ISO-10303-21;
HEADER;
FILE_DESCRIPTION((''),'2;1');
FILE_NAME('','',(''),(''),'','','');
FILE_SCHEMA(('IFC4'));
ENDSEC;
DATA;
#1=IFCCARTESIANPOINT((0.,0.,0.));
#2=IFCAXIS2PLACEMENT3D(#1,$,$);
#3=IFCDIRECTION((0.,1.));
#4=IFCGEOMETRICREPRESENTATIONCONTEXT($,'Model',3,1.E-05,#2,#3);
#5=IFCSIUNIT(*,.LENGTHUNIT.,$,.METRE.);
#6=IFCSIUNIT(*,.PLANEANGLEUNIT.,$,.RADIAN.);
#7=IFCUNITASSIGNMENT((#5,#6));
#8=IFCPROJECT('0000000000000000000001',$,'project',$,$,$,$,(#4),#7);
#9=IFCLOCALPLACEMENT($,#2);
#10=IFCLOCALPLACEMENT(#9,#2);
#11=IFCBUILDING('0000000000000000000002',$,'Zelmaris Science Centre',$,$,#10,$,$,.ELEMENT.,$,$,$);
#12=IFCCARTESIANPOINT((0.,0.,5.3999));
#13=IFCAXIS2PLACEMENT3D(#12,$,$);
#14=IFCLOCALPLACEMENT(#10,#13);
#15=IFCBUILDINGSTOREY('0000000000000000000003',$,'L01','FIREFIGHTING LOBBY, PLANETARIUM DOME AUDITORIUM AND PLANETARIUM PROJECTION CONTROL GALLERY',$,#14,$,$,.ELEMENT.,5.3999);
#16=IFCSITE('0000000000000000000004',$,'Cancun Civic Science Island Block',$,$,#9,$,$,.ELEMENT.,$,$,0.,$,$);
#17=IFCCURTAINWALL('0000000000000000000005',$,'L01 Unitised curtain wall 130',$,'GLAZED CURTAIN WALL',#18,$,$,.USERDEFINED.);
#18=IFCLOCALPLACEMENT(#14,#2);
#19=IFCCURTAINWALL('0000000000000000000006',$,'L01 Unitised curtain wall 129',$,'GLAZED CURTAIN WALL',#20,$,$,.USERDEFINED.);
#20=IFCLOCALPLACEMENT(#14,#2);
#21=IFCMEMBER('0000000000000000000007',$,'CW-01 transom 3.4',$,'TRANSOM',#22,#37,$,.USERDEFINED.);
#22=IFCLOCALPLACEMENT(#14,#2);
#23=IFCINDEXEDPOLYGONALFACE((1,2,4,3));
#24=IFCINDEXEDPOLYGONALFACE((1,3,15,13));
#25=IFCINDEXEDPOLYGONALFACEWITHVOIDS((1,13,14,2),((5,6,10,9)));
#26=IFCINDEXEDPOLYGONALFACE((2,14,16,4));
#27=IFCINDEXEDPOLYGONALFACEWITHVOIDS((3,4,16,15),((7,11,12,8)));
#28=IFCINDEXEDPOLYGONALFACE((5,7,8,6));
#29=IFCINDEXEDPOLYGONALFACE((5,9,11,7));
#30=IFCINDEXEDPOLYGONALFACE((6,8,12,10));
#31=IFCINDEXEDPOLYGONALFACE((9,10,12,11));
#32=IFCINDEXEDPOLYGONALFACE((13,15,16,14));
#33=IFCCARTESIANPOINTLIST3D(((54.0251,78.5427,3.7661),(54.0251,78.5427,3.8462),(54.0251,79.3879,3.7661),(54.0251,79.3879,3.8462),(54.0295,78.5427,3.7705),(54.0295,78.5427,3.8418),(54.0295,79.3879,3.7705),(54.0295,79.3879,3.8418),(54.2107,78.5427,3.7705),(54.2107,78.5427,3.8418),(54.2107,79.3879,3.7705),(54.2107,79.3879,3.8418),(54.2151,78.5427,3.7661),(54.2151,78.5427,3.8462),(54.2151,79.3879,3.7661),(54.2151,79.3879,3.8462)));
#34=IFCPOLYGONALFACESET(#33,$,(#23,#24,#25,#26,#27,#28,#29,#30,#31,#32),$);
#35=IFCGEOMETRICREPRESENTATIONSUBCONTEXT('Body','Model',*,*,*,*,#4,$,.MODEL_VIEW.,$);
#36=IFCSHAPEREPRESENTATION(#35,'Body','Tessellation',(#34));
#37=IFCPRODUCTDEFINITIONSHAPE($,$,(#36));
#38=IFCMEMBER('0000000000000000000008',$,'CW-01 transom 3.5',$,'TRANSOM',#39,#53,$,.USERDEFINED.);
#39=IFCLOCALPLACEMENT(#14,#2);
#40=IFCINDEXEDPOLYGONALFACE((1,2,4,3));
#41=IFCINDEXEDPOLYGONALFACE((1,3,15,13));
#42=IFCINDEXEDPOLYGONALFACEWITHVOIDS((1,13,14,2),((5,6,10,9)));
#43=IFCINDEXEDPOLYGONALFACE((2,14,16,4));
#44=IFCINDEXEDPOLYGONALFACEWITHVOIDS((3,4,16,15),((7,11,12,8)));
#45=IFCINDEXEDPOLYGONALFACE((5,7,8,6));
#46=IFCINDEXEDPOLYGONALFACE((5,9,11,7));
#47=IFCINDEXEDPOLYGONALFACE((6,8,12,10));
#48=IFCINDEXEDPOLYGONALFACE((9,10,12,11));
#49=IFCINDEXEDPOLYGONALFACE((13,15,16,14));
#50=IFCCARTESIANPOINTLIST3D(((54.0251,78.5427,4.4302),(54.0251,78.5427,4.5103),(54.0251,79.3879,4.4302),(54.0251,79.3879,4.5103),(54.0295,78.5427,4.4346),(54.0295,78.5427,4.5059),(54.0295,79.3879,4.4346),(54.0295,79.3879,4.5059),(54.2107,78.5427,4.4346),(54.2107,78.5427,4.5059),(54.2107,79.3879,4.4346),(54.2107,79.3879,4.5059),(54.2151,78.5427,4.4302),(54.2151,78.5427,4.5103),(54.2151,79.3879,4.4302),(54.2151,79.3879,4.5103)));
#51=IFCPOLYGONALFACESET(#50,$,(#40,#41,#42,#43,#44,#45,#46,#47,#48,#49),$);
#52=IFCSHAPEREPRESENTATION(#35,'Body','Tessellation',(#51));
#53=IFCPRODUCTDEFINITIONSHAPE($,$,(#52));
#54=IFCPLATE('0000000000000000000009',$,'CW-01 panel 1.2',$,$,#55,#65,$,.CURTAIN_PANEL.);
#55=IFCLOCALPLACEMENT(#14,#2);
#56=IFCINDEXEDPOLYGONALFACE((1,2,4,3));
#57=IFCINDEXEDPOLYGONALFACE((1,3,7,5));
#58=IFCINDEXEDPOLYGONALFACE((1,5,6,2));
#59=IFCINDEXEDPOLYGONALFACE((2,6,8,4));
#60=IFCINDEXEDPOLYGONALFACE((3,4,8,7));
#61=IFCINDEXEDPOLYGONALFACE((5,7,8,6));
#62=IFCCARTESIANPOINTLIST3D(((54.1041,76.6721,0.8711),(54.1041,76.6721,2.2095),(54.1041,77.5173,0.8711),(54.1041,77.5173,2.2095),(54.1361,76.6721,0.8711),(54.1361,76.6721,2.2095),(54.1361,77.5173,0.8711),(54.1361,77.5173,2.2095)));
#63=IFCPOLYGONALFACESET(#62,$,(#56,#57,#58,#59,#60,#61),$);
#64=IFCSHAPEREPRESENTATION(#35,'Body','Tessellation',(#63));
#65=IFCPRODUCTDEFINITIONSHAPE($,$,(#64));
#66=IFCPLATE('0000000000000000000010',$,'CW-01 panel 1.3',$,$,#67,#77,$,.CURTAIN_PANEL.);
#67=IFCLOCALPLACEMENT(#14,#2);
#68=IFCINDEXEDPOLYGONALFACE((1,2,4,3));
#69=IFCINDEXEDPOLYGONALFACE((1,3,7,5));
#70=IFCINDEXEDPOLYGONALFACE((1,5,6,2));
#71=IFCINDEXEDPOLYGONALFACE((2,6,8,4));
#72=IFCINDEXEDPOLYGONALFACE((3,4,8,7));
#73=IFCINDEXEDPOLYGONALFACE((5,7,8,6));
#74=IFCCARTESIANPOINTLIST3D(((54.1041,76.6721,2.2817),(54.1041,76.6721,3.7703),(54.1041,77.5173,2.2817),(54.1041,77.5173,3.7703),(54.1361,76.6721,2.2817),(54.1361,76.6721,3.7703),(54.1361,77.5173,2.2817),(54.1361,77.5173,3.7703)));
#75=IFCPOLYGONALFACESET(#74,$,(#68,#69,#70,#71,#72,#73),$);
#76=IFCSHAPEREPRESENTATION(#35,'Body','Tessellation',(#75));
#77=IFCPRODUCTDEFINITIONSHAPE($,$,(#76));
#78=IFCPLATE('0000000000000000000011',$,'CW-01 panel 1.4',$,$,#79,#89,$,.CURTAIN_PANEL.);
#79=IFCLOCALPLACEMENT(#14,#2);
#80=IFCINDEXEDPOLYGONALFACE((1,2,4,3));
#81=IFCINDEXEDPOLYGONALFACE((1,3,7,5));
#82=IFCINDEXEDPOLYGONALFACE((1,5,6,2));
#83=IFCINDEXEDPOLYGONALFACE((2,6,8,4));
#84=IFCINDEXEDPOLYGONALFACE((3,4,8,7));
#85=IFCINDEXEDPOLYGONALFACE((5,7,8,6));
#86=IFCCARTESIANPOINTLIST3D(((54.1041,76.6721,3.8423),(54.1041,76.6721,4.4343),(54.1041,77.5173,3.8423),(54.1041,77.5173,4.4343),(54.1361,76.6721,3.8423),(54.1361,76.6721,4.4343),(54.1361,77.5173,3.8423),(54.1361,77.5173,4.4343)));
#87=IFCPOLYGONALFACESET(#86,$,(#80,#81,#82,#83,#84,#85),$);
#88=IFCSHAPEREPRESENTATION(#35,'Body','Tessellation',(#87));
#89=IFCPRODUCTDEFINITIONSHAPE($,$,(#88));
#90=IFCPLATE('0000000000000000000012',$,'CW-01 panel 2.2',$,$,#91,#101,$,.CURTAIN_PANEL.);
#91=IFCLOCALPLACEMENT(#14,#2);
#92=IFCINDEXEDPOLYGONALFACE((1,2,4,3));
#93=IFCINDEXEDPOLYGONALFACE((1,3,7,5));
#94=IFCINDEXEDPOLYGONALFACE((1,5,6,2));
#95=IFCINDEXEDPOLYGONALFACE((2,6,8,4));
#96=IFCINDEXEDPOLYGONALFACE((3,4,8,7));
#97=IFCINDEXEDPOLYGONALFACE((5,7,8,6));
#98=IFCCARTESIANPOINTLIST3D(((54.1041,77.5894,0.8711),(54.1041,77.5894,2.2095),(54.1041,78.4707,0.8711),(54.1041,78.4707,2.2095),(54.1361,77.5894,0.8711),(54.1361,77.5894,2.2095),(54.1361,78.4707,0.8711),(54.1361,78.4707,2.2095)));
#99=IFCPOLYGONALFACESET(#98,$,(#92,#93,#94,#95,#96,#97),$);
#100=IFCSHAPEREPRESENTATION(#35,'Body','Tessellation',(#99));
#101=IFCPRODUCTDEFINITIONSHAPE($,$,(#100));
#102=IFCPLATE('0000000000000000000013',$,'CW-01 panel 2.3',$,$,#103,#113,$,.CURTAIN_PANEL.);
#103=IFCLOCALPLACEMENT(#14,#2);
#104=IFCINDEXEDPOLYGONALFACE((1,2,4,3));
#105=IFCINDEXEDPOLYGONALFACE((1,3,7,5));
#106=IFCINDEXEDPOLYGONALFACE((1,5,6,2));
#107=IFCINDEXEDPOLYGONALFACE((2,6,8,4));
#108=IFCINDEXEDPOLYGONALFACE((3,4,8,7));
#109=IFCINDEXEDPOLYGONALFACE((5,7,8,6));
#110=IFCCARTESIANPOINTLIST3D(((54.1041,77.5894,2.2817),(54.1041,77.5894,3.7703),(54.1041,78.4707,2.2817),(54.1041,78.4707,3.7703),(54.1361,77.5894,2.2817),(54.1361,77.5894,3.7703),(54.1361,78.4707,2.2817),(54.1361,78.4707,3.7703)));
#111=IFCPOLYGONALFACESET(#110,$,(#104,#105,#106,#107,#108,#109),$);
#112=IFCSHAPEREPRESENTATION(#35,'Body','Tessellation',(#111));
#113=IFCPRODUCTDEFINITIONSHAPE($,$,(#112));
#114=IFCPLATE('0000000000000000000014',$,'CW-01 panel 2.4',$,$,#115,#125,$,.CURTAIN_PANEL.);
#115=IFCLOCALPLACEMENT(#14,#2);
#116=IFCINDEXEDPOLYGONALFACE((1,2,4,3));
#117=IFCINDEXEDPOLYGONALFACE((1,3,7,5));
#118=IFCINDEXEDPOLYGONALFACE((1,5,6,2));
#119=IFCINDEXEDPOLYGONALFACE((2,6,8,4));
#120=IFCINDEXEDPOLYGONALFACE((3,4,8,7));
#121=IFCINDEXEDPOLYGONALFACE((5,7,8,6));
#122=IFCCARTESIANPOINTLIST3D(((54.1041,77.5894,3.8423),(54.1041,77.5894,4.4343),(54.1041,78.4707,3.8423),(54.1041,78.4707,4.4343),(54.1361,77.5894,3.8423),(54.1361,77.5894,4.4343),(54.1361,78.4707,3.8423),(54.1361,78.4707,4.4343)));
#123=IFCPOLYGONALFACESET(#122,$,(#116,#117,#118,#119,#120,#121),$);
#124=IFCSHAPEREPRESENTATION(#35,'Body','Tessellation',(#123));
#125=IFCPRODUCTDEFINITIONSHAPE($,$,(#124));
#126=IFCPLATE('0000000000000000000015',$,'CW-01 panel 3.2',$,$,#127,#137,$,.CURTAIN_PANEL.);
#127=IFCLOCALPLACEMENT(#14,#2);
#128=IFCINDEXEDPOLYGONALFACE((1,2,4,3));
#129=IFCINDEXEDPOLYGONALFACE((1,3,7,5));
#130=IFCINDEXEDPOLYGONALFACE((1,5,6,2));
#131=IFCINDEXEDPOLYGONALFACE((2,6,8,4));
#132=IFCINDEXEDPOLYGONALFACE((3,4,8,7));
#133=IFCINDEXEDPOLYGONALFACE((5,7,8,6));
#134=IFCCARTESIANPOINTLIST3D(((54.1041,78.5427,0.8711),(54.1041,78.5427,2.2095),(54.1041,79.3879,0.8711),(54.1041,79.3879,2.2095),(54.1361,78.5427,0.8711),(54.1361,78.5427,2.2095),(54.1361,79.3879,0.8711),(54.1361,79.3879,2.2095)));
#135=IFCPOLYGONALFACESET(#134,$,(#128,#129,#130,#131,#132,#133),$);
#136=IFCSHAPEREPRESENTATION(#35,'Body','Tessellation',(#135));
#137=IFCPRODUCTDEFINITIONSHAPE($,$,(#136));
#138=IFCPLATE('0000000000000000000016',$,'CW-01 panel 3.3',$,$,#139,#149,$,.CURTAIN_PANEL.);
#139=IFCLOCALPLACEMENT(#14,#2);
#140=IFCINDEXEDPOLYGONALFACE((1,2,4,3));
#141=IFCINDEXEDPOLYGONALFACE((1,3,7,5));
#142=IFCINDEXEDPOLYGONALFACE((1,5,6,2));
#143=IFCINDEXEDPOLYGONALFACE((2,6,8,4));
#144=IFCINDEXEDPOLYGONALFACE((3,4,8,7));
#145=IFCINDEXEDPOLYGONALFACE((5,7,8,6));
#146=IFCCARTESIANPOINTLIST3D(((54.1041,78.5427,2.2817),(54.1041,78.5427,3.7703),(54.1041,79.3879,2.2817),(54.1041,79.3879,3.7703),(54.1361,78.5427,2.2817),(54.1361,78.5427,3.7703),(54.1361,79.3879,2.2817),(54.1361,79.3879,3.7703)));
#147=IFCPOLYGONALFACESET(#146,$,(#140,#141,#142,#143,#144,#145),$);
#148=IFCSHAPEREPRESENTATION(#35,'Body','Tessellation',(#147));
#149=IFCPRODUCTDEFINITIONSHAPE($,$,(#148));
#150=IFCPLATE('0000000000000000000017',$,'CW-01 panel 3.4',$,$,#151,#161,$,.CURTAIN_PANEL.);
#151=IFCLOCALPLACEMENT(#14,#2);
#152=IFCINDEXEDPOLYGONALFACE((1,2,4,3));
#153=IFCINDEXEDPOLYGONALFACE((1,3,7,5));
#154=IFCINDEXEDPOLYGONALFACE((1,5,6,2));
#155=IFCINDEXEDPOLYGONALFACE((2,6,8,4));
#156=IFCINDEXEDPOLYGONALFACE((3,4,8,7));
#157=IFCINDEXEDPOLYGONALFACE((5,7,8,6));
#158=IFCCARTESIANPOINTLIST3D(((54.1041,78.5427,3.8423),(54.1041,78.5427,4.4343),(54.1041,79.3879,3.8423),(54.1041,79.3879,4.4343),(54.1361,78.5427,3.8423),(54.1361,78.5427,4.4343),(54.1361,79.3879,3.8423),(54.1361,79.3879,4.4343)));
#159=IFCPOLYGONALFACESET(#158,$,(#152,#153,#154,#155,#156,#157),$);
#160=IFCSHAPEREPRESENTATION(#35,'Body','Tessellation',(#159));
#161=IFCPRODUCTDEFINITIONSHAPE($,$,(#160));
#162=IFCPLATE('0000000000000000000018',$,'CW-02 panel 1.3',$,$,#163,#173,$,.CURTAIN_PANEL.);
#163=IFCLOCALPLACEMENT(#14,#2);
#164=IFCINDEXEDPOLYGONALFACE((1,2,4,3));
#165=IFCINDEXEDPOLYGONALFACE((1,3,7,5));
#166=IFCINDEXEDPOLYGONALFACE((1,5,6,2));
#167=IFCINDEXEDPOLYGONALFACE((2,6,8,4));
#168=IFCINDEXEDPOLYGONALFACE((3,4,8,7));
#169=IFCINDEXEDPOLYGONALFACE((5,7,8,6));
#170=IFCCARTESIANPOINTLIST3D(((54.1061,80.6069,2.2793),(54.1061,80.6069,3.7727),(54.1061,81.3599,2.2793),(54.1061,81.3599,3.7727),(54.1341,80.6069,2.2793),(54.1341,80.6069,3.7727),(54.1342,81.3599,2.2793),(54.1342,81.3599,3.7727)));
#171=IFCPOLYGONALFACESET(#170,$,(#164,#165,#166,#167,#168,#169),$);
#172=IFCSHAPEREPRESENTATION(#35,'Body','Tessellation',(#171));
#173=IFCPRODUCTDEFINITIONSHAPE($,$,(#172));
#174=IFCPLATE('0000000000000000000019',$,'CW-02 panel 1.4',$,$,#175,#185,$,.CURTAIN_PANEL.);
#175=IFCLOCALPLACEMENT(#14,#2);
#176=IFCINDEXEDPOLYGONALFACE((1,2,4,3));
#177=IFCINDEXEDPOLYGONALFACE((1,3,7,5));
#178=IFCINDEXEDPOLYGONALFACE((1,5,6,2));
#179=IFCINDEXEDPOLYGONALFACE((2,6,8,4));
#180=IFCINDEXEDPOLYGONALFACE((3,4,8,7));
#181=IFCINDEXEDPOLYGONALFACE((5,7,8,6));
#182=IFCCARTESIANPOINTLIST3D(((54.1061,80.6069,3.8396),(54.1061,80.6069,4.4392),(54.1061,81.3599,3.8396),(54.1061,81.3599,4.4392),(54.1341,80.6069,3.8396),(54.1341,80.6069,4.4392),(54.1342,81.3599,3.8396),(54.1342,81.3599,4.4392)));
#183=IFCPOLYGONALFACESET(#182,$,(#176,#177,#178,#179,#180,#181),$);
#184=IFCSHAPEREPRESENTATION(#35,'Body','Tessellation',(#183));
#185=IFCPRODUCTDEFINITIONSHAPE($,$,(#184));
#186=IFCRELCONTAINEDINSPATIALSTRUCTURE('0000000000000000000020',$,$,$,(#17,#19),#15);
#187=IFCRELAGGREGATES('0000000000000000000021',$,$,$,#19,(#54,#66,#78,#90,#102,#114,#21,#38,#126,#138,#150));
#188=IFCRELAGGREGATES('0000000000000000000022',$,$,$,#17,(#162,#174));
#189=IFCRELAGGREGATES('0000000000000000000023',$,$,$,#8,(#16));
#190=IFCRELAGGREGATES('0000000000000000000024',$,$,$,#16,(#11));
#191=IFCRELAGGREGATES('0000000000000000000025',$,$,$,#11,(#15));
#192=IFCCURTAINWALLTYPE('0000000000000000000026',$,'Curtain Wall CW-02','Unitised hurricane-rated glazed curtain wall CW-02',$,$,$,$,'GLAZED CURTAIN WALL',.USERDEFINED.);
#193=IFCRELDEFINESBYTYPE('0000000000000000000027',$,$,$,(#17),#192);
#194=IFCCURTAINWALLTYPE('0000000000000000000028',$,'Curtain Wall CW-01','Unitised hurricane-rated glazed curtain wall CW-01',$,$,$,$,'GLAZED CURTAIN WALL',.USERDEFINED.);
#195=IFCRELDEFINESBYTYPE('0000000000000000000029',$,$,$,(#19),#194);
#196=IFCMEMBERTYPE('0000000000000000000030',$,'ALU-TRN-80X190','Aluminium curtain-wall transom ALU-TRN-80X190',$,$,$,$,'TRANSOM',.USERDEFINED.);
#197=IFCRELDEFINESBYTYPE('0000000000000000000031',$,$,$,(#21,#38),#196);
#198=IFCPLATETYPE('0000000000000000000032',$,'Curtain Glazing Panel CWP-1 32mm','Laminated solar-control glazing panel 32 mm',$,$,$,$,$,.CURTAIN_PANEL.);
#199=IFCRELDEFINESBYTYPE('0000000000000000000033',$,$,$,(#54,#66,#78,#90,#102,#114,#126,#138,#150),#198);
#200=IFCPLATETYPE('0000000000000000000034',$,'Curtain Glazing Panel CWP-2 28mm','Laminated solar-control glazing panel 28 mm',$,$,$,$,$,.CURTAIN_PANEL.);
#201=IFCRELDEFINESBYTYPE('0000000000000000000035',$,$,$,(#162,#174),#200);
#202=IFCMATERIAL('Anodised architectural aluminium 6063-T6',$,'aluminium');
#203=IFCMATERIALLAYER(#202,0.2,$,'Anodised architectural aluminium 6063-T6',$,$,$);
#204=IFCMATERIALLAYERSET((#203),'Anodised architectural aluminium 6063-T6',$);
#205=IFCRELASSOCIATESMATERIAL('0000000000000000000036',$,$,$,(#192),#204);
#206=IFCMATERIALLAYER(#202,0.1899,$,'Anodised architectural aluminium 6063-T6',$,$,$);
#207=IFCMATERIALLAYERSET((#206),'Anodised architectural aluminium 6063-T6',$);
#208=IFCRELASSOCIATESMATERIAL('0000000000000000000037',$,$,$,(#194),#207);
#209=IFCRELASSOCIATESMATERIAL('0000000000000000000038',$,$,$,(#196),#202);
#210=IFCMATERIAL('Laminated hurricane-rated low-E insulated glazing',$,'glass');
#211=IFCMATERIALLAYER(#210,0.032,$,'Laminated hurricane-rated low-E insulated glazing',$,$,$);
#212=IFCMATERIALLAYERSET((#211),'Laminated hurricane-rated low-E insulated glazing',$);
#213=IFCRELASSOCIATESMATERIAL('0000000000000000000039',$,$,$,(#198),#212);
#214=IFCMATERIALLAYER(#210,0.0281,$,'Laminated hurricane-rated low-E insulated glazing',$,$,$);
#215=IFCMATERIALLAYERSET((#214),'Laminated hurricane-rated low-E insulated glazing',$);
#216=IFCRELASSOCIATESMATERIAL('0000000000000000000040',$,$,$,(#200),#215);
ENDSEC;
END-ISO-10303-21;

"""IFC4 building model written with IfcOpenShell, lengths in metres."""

from ifc_helpers import new_model, si_unit, direction, frame, origin, origin_2d, place, context, subcontext, project, spatial, rectangle, hollow_rectangle, extrude, material, layer, layer_set, material_profile, profile_set, type_object, element, aggregate, save


model = new_model("IFC4")

# Units and contexts
model_context = context("Model", 3, precision=1e-05, world=origin(), true_north=direction((0.0, 1.0)))
body_context = subcontext(model_context, "Body", "Model", "MODEL_VIEW")
ifc_project = project(units=[si_unit("LENGTHUNIT", "METRE"), si_unit("PLANEANGLEUNIT", "RADIAN")], contexts=[model_context])

# Site, building, storey
site_placement = place(None, origin())
site = spatial("IfcSite", under=ifc_project, at=site_placement, Name="Cancun Civic Science Island Block", CompositionType="ELEMENT", RefElevation=0.0)
building_placement = place(site_placement, origin())
building = spatial("IfcBuilding", under=site, at=building_placement, Name="Zelmaris Science Centre", CompositionType="ELEMENT")
storey_placement = place(building_placement, frame((0.0, 0.0, 5.3999)))
storey = spatial("IfcBuildingStorey", under=building, at=storey_placement, Name="L01", Description="FIREFIGHTING LOBBY, PLANETARIUM DOME AUDITORIUM AND PLANETARIUM PROJECTION CONTROL GALLERY", CompositionType="ELEMENT", Elevation=5.3999)

# Curtain wall
ifc_material_1 = material(Name="Anodised architectural aluminium 6063-T6", Category="aluminium")
ifc_layer_1 = layer(ifc_material_1, 0.2, Name="Anodised architectural aluminium 6063-T6")
ifc_layer_set_1 = layer_set([ifc_layer_1], Name="Anodised architectural aluminium 6063-T6")
curtain_wall_type_1 = type_object("IfcCurtainWallType", Name="Curtain Wall CW-02", Description="Unitised hurricane-rated glazed curtain wall CW-02", ElementType="GLAZED CURTAIN WALL", PredefinedType="USERDEFINED", material=ifc_layer_set_1)
curtain_wall_1_placement = place(storey_placement, origin())
curtain_wall_1 = element("IfcCurtainWall", 1, at=curtain_wall_1_placement, inside=storey, type_object=curtain_wall_type_1, Name="L01 Unitised curtain wall 130", ObjectType="GLAZED CURTAIN WALL", PredefinedType="USERDEFINED")

# Curtain wall, members, plates
ifc_layer_2 = layer(ifc_material_1, 0.1899, Name="Anodised architectural aluminium 6063-T6")
ifc_layer_set_2 = layer_set([ifc_layer_2], Name="Anodised architectural aluminium 6063-T6")
curtain_wall_type_2 = type_object("IfcCurtainWallType", Name="Curtain Wall CW-01", Description="Unitised hurricane-rated glazed curtain wall CW-01", ElementType="GLAZED CURTAIN WALL", PredefinedType="USERDEFINED", material=ifc_layer_set_2)
curtain_wall_2_placement = place(storey_placement, origin())
curtain_wall_2 = element("IfcCurtainWall", 2, at=curtain_wall_2_placement, inside=storey, type_object=curtain_wall_type_2, Name="L01 Unitised curtain wall 129", ObjectType="GLAZED CURTAIN WALL", PredefinedType="USERDEFINED")
ifc_material_profile_1 = material_profile(ifc_material_1, hollow_rectangle(XDim=0.0801, YDim=0.1899, WallThickness=0.0044, at=origin_2d()), Name="ALU-TRN-80X190")
ifc_profile_set_1 = profile_set([ifc_material_profile_1], Name="Anodised architectural aluminium 6063-T6")
member_type_1 = type_object("IfcMemberType", Name="ALU-TRN-80X190", Description="Aluminium curtain-wall transom ALU-TRN-80X190", ElementType="TRANSOM", PredefinedType="USERDEFINED", material=ifc_profile_set_1)
member_1_placement = place(storey_placement, frame((54.1201, 78.5427, 3.8062), z_axis=(0.0, 1.0, 0.0), x_axis=(0.0, 0.0, 1.0)))
member_1 = element("IfcMember", 3, at=member_1_placement, type_object=member_type_1, Name="CW-01 transom 3.4", ObjectType="TRANSOM", PredefinedType="USERDEFINED", context=body_context, shape_type="SweptSolid", body=[
    extrude(hollow_rectangle(XDim=0.0801, YDim=0.1899, WallThickness=0.0044, at=origin_2d()), origin(), (0.0, 0.0, 1.0), 0.8452),
])
member_2_placement = place(storey_placement, frame((54.1201, 78.5427, 4.4702), z_axis=(0.0, 1.0, 0.0), x_axis=(0.0, 0.0, 1.0)))
member_2 = element("IfcMember", 4, at=member_2_placement, type_object=member_type_1, Name="CW-01 transom 3.5", ObjectType="TRANSOM", PredefinedType="USERDEFINED", context=body_context, shape_type="SweptSolid", body=[
    extrude(hollow_rectangle(XDim=0.0801, YDim=0.1899, WallThickness=0.0044, at=origin_2d()), origin(), (0.0, 0.0, 1.0), 0.8452),
])
ifc_material_2 = material(Name="Laminated hurricane-rated low-E insulated glazing", Category="glass")
ifc_layer_3 = layer(ifc_material_2, 0.032, Name="Laminated hurricane-rated low-E insulated glazing")
ifc_layer_set_3 = layer_set([ifc_layer_3], Name="Laminated hurricane-rated low-E insulated glazing")
plate_type_1 = type_object("IfcPlateType", Name="Curtain Glazing Panel CWP-1 32mm", Description="Laminated solar-control glazing panel 32 mm", PredefinedType="CURTAIN_PANEL", material=ifc_layer_set_3)
plate_1_placement = place(storey_placement, frame((54.1201, 77.0947, 0.8711), z_axis=(0.0, 0.0, 1.0), x_axis=(0.0, 1.0, 0.0)))
plate_1 = element("IfcPlate", 5, at=plate_1_placement, type_object=plate_type_1, Name="CW-01 panel 1.2", PredefinedType="CURTAIN_PANEL", context=body_context, shape_type="SweptSolid", body=[
    extrude(rectangle(XDim=0.8452, YDim=0.032, at=origin_2d()), origin(), (0.0, 0.0, 1.0), 1.3384),
])
plate_2_placement = place(storey_placement, frame((54.1201, 77.0947, 2.2817), z_axis=(0.0, 0.0, 1.0), x_axis=(0.0, 1.0, 0.0)))
plate_2 = element("IfcPlate", 6, at=plate_2_placement, type_object=plate_type_1, Name="CW-01 panel 1.3", PredefinedType="CURTAIN_PANEL", context=body_context, shape_type="SweptSolid", body=[
    extrude(rectangle(XDim=0.8452, YDim=0.032, at=origin_2d()), origin(), (0.0, 0.0, 1.0), 1.4885),
])
plate_3_placement = place(storey_placement, frame((54.1201, 77.0947, 3.8423), z_axis=(0.0, 0.0, 1.0), x_axis=(0.0, 1.0, 0.0)))
plate_3 = element("IfcPlate", 7, at=plate_3_placement, type_object=plate_type_1, Name="CW-01 panel 1.4", PredefinedType="CURTAIN_PANEL", context=body_context, shape_type="SweptSolid", body=[
    extrude(rectangle(XDim=0.8452, YDim=0.032, at=origin_2d()), origin(), (0.0, 0.0, 1.0), 0.592),
])
plate_4_placement = place(storey_placement, frame((54.1201, 78.03, 0.8711), z_axis=(0.0, 0.0, 1.0), x_axis=(0.0, 1.0, 0.0)))
plate_4 = element("IfcPlate", 8, at=plate_4_placement, type_object=plate_type_1, Name="CW-01 panel 2.2", PredefinedType="CURTAIN_PANEL", context=body_context, shape_type="SweptSolid", body=[
    extrude(rectangle(XDim=0.8813, YDim=0.032, at=origin_2d()), origin(), (0.0, 0.0, 1.0), 1.3384),
])
plate_5_placement = place(storey_placement, frame((54.1201, 78.03, 2.2817), z_axis=(0.0, 0.0, 1.0), x_axis=(0.0, 1.0, 0.0)))
plate_5 = element("IfcPlate", 9, at=plate_5_placement, type_object=plate_type_1, Name="CW-01 panel 2.3", PredefinedType="CURTAIN_PANEL", context=body_context, shape_type="SweptSolid", body=[
    extrude(rectangle(XDim=0.8813, YDim=0.032, at=origin_2d()), origin(), (0.0, 0.0, 1.0), 1.4885),
])
plate_6_placement = place(storey_placement, frame((54.1201, 78.03, 3.8423), z_axis=(0.0, 0.0, 1.0), x_axis=(0.0, 1.0, 0.0)))
plate_6 = element("IfcPlate", 10, at=plate_6_placement, type_object=plate_type_1, Name="CW-01 panel 2.4", PredefinedType="CURTAIN_PANEL", context=body_context, shape_type="SweptSolid", body=[
    extrude(rectangle(XDim=0.8813, YDim=0.032, at=origin_2d()), origin(), (0.0, 0.0, 1.0), 0.592),
])
plate_7_placement = place(storey_placement, frame((54.1201, 78.9653, 0.8711), z_axis=(0.0, 0.0, 1.0), x_axis=(0.0, 1.0, 0.0)))
plate_7 = element("IfcPlate", 11, at=plate_7_placement, type_object=plate_type_1, Name="CW-01 panel 3.2", PredefinedType="CURTAIN_PANEL", context=body_context, shape_type="SweptSolid", body=[
    extrude(rectangle(XDim=0.8452, YDim=0.032, at=origin_2d()), origin(), (0.0, 0.0, 1.0), 1.3384),
])
plate_8_placement = place(storey_placement, frame((54.1201, 78.9653, 2.2817), z_axis=(0.0, 0.0, 1.0), x_axis=(0.0, 1.0, 0.0)))
plate_8 = element("IfcPlate", 12, at=plate_8_placement, type_object=plate_type_1, Name="CW-01 panel 3.3", PredefinedType="CURTAIN_PANEL", context=body_context, shape_type="SweptSolid", body=[
    extrude(rectangle(XDim=0.8452, YDim=0.032, at=origin_2d()), origin(), (0.0, 0.0, 1.0), 1.4885),
])
plate_9_placement = place(storey_placement, frame((54.1201, 78.9653, 3.8423), z_axis=(0.0, 0.0, 1.0), x_axis=(0.0, 1.0, 0.0)))
plate_9 = element("IfcPlate", 13, at=plate_9_placement, type_object=plate_type_1, Name="CW-01 panel 3.4", PredefinedType="CURTAIN_PANEL", context=body_context, shape_type="SweptSolid", body=[
    extrude(rectangle(XDim=0.8452, YDim=0.032, at=origin_2d()), origin(), (0.0, 0.0, 1.0), 0.592),
])
aggregate(curtain_wall_2, [plate_1, plate_2, plate_3, plate_4, plate_5, plate_6, member_1, member_2, plate_7, plate_8, plate_9])

# Plates
ifc_layer_4 = layer(ifc_material_2, 0.0281, Name="Laminated hurricane-rated low-E insulated glazing")
ifc_layer_set_4 = layer_set([ifc_layer_4], Name="Laminated hurricane-rated low-E insulated glazing")
plate_type_2 = type_object("IfcPlateType", Name="Curtain Glazing Panel CWP-2 28mm", Description="Laminated solar-control glazing panel 28 mm", PredefinedType="CURTAIN_PANEL", material=ifc_layer_set_4)
plate_10_placement = place(storey_placement, frame((54.1201, 80.9834, 2.2793), z_axis=(0.0, 0.0, 1.0), x_axis=(0.00002, 1.0, 0.0)))
plate_10 = element("IfcPlate", 14, at=plate_10_placement, type_object=plate_type_2, Name="CW-02 panel 1.3", PredefinedType="CURTAIN_PANEL", context=body_context, shape_type="SweptSolid", body=[
    extrude(rectangle(XDim=0.7529, YDim=0.0281, at=origin_2d()), origin(), (0.0, 0.0, 1.0), 1.4934),
])
plate_11_placement = place(storey_placement, frame((54.1201, 80.9834, 3.8396), z_axis=(0.0, 0.0, 1.0), x_axis=(0.00002, 1.0, 0.0)))
plate_11 = element("IfcPlate", 15, at=plate_11_placement, type_object=plate_type_2, Name="CW-02 panel 1.4", PredefinedType="CURTAIN_PANEL", context=body_context, shape_type="SweptSolid", body=[
    extrude(rectangle(XDim=0.7529, YDim=0.0281, at=origin_2d()), origin(), (0.0, 0.0, 1.0), 0.5996),
])
aggregate(curtain_wall_1, [plate_10, plate_11])

save(model, "model.ifc")
